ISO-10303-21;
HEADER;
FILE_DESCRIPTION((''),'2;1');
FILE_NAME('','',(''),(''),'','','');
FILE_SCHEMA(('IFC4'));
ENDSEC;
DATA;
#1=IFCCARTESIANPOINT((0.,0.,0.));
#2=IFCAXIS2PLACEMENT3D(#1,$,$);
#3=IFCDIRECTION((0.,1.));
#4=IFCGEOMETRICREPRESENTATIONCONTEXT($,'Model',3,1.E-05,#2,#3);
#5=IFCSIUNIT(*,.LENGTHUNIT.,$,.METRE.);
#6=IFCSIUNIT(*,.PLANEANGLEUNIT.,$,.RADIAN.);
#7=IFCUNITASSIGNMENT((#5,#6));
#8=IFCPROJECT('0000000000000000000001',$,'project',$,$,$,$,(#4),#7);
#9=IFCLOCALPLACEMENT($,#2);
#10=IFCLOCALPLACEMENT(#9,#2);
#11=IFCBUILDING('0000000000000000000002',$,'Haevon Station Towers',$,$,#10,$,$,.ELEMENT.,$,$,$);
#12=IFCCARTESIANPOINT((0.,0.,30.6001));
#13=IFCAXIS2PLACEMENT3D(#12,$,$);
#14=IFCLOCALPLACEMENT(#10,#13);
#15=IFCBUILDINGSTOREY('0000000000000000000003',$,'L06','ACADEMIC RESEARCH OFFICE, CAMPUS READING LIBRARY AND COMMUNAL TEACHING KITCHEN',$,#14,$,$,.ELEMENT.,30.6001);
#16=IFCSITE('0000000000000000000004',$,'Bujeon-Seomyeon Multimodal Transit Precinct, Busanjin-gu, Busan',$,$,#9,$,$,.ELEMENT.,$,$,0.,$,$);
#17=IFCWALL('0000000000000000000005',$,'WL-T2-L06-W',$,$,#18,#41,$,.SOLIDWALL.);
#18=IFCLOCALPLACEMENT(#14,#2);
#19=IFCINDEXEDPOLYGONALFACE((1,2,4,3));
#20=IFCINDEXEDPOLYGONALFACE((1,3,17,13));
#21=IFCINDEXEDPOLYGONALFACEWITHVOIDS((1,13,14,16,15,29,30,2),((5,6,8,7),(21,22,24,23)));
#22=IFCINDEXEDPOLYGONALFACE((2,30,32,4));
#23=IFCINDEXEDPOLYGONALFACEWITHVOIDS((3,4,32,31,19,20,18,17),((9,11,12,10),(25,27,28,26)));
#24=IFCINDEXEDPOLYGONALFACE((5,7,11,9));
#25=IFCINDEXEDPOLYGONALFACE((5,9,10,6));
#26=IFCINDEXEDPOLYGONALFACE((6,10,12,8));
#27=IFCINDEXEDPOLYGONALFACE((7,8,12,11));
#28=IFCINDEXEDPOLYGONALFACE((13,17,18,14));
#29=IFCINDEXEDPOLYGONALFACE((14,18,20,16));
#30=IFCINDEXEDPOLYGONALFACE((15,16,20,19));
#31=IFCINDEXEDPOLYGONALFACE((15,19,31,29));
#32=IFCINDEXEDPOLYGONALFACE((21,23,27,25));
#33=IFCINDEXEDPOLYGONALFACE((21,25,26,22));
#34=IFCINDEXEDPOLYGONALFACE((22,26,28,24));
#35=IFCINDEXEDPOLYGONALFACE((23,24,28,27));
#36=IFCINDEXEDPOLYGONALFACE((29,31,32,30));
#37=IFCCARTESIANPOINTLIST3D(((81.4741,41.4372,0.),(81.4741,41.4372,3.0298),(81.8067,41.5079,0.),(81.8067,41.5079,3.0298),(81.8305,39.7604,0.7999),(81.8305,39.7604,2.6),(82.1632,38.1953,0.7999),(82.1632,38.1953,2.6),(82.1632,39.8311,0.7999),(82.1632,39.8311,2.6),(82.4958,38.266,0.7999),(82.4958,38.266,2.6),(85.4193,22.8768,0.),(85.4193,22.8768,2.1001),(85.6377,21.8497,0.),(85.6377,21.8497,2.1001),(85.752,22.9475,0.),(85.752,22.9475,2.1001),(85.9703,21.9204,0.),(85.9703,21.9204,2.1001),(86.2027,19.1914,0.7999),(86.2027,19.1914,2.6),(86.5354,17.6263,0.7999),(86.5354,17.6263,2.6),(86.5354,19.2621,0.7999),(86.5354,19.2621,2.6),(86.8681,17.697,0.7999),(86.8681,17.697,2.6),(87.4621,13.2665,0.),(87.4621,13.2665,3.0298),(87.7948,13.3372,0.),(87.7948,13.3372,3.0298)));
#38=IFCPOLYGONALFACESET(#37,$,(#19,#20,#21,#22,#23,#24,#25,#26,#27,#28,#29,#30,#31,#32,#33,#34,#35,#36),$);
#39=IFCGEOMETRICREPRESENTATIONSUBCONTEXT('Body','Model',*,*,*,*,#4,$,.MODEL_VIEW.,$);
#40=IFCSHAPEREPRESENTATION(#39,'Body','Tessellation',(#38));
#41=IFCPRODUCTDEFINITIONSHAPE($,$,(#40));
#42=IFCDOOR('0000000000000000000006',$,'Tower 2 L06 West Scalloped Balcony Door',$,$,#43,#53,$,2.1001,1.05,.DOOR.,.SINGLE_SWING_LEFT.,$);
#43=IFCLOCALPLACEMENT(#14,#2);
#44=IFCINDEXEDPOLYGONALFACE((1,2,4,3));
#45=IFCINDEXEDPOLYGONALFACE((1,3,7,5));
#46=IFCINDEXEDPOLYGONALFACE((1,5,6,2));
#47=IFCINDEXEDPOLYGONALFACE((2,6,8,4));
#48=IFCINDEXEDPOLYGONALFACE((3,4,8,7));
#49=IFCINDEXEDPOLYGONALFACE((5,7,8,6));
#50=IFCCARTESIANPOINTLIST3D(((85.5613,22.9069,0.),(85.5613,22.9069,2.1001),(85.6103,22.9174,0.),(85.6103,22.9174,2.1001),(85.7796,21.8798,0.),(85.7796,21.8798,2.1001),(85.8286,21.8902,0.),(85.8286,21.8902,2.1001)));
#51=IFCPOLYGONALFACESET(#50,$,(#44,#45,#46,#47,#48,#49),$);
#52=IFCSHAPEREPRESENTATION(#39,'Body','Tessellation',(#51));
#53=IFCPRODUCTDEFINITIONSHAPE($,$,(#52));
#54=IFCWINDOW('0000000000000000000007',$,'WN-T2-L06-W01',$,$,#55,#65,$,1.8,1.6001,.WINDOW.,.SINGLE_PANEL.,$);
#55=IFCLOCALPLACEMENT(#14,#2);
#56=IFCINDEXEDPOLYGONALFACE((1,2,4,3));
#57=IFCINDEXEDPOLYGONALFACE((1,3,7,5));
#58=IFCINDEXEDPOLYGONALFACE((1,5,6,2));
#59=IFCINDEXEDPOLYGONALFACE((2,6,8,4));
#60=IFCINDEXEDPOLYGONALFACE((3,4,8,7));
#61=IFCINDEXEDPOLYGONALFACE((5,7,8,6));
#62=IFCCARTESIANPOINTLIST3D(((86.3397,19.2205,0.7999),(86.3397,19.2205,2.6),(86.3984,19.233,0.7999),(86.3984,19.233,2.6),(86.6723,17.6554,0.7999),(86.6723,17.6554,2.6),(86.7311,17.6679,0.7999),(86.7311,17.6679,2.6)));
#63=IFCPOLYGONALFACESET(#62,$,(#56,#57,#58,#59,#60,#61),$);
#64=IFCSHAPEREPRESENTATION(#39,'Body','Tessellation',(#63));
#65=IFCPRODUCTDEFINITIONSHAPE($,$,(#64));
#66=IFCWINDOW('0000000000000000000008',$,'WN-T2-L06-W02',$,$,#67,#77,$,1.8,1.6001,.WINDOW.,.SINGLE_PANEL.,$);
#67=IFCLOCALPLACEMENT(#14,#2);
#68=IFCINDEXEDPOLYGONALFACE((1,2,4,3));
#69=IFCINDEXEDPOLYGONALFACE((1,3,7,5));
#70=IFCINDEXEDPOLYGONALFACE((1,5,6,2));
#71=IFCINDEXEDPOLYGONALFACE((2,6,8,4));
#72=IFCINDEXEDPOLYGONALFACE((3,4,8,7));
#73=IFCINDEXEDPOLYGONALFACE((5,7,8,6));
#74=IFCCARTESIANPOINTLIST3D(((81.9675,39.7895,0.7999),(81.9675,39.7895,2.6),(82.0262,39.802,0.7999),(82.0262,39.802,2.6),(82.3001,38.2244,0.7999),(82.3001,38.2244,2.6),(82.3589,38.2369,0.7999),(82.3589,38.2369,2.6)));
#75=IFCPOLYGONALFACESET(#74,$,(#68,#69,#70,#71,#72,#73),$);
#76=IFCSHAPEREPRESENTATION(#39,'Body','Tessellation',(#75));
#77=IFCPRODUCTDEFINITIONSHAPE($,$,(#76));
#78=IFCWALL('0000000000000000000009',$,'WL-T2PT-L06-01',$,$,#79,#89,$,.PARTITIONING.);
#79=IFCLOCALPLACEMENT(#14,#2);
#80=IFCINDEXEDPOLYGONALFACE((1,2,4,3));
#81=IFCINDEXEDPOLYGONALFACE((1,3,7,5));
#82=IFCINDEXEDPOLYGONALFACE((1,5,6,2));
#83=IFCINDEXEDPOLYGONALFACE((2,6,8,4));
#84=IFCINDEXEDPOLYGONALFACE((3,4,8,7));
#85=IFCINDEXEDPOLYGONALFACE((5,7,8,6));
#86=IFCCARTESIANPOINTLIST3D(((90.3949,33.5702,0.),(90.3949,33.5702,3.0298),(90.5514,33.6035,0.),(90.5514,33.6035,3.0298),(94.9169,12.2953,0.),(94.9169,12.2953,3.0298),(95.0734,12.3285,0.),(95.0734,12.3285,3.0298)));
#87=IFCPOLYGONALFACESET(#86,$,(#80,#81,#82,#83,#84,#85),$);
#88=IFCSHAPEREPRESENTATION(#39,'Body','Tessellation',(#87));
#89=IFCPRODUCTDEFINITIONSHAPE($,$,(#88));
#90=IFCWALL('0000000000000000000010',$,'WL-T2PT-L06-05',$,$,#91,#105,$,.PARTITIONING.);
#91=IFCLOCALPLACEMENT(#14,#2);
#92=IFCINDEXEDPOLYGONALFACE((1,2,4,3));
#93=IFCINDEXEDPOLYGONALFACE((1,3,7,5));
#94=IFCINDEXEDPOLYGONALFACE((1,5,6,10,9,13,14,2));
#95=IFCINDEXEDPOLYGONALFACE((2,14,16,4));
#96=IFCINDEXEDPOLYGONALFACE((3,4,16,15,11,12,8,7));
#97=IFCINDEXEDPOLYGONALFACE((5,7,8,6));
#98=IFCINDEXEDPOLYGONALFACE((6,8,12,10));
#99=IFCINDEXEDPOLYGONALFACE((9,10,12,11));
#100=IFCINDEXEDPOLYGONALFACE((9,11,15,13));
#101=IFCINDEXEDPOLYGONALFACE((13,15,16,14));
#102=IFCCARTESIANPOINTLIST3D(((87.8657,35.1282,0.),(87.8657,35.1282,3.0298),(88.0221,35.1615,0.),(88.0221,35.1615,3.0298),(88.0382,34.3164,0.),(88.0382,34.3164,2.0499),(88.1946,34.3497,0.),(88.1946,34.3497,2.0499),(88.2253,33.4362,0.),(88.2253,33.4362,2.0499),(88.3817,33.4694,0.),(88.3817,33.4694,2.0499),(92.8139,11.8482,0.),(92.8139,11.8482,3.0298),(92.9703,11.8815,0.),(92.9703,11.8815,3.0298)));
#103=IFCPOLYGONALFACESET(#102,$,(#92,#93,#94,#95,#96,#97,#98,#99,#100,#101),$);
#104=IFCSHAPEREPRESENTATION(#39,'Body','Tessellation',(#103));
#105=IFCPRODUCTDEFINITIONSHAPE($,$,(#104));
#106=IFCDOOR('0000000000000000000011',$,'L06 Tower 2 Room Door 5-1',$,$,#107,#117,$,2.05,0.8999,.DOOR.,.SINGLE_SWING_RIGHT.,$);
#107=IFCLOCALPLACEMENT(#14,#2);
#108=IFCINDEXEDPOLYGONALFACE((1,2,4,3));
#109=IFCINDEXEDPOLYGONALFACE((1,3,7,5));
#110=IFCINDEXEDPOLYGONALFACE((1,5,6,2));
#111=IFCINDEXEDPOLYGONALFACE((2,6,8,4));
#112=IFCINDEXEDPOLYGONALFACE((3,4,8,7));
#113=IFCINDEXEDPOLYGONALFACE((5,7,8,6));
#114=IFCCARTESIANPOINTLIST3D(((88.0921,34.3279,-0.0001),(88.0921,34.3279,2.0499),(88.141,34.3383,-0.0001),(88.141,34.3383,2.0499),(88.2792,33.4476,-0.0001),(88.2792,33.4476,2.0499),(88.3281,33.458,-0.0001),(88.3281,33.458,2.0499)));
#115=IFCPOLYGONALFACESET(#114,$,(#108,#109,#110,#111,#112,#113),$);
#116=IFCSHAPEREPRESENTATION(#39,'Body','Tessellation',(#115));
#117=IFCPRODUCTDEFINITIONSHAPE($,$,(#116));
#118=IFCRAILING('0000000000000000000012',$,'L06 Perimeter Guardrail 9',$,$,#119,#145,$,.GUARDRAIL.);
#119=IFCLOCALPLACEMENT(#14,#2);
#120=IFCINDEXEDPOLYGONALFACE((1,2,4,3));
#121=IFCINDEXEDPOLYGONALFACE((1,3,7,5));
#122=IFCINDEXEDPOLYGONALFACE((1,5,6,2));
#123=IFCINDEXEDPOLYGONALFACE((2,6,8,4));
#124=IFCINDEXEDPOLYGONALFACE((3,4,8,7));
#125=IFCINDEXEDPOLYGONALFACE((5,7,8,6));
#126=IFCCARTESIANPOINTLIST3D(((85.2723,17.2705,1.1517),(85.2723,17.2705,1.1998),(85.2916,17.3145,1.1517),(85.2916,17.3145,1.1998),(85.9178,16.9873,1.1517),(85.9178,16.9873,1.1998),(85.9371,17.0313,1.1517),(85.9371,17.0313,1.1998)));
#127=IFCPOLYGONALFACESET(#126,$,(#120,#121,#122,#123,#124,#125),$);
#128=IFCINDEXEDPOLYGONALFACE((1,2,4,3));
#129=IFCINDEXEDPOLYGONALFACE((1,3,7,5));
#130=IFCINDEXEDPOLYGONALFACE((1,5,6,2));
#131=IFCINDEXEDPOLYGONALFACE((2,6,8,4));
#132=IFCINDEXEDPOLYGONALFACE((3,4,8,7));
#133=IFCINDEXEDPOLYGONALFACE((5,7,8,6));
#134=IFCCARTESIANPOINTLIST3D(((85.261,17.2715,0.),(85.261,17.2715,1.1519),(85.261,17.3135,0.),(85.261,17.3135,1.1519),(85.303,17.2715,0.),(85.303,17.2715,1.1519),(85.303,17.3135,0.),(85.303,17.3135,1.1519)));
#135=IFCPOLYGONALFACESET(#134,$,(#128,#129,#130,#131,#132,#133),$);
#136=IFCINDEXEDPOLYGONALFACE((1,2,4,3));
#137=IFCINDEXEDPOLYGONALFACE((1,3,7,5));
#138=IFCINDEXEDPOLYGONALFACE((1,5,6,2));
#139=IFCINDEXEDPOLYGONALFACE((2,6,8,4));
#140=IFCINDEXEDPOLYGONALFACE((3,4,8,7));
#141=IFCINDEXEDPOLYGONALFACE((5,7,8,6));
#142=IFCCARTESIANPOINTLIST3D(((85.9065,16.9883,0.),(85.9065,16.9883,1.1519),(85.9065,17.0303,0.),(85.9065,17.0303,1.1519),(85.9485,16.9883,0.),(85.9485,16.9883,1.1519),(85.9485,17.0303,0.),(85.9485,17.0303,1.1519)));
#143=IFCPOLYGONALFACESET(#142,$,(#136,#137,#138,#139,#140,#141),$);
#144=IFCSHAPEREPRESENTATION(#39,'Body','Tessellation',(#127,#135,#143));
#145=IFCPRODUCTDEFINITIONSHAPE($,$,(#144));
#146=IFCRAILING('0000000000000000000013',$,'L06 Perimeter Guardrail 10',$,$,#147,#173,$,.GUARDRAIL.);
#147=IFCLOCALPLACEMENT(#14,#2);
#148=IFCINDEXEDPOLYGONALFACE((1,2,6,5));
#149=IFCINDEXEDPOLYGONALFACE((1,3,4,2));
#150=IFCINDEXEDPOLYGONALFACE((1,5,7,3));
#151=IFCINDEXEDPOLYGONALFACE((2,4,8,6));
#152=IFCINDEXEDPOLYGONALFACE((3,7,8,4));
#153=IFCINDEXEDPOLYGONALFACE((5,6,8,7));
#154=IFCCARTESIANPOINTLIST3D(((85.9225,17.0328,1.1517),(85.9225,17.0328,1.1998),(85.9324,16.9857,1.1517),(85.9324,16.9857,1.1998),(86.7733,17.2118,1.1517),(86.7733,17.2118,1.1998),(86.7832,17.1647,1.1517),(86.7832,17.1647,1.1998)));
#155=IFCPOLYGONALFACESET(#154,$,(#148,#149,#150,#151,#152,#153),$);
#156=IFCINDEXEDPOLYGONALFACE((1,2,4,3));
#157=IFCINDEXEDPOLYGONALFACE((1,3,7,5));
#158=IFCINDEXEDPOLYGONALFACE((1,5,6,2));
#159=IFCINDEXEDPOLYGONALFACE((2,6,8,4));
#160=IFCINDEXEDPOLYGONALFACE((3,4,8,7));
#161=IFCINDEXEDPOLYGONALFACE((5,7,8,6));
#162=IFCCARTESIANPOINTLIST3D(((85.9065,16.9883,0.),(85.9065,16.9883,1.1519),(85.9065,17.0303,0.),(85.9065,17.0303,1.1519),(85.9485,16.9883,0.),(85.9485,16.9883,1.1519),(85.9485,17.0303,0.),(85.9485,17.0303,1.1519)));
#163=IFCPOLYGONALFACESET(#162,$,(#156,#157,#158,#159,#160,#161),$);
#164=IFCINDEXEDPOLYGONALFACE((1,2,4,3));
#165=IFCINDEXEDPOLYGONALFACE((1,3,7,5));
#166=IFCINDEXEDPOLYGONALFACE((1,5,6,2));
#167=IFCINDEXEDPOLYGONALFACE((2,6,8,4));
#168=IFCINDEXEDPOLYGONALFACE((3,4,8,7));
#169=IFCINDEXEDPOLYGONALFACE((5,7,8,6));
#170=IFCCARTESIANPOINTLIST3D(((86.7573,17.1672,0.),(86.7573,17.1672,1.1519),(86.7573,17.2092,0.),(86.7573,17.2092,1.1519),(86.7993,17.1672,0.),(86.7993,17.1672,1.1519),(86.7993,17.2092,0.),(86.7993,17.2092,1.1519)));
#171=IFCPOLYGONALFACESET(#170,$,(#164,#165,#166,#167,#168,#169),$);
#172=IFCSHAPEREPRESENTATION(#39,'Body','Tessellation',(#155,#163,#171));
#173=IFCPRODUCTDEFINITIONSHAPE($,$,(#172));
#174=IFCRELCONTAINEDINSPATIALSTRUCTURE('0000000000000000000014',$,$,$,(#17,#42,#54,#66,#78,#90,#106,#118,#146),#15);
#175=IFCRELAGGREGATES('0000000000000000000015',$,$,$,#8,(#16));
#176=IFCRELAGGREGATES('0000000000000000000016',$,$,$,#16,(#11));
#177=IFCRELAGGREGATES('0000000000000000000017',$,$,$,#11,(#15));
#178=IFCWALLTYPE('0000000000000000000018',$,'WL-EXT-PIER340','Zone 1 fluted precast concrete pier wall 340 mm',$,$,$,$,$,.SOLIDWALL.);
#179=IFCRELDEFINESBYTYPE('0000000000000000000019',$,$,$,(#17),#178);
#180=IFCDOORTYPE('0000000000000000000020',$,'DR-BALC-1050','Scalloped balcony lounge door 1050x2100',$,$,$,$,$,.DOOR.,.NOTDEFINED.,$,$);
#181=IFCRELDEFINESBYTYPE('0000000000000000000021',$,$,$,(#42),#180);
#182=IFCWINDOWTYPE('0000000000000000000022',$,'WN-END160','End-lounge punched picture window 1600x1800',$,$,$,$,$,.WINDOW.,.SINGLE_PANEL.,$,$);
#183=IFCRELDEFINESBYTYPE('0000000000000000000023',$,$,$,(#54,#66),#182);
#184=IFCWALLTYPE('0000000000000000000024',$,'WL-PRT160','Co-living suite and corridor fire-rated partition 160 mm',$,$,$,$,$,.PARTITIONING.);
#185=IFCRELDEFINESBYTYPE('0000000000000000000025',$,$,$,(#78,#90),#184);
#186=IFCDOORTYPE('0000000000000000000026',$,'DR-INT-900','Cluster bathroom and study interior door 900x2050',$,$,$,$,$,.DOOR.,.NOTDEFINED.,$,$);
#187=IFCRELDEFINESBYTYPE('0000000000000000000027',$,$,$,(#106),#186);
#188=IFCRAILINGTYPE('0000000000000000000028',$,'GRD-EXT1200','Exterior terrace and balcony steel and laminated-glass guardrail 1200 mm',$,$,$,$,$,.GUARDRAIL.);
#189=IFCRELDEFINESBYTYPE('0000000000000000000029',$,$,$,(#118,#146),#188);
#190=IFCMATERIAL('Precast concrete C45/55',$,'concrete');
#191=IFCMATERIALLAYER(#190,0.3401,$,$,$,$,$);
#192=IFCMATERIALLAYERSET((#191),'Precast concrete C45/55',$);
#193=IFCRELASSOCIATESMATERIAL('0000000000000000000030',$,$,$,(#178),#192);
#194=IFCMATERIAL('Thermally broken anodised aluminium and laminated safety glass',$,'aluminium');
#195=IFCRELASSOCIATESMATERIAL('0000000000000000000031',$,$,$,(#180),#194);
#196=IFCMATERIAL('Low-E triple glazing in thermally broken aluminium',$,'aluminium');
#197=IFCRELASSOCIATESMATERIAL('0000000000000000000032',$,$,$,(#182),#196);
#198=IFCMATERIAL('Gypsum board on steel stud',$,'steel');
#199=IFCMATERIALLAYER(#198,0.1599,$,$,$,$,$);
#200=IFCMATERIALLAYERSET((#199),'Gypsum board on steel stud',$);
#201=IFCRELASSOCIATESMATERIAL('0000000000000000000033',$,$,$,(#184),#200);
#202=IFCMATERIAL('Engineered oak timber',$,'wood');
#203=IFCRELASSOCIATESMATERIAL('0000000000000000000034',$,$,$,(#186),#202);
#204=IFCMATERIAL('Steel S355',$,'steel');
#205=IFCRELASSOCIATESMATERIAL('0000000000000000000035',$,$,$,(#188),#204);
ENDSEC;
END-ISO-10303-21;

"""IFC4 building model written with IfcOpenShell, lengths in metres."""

from ifc_helpers import new_model, si_unit, direction, frame, frame_2d, origin, origin_2d, place, context, subcontext, project, spatial, rectangle, extrude, material, layer, layer_set, type_object, element, fill, save


model = new_model("IFC4")

# Units and contexts
model_context = context("Model", 3, precision=1e-05, world=origin(), true_north=direction((0.0, 1.0)))
body_context = subcontext(model_context, "Body", "Model", "MODEL_VIEW")
ifc_project = project(units=[si_unit("LENGTHUNIT", "METRE"), si_unit("PLANEANGLEUNIT", "RADIAN")], contexts=[model_context])

# Site, building, storey
site_placement = place(None, origin())
site = spatial("IfcSite", under=ifc_project, at=site_placement, Name="Bujeon-Seomyeon Multimodal Transit Precinct, Busanjin-gu, Busan", CompositionType="ELEMENT", RefElevation=0.0)
building_placement = place(site_placement, origin())
building = spatial("IfcBuilding", under=site, at=building_placement, Name="Haevon Station Towers", CompositionType="ELEMENT")
storey_placement = place(building_placement, frame((0.0, 0.0, 30.6001)))
storey = spatial("IfcBuildingStorey", under=building, at=storey_placement, Name="L06", Description="ACADEMIC RESEARCH OFFICE, CAMPUS READING LIBRARY AND COMMUNAL TEACHING KITCHEN", CompositionType="ELEMENT", Elevation=30.6001)

# Shared definitions
ifc_material_1 = material(Name="Steel S355", Category="steel")

# Shared definitions
ifc_material_2 = material(Name="Precast concrete C45/55", Category="concrete")
ifc_layer_1 = layer(ifc_material_2, 0.3401)
ifc_layer_set_1 = layer_set([ifc_layer_1], Name="Precast concrete C45/55")
wall_type_1 = type_object("IfcWallType", Name="WL-EXT-PIER340", Description="Zone 1 fluted precast concrete pier wall 340 mm", PredefinedType="SOLIDWALL", material=ifc_layer_set_1)

# Wall, openings, door, windows
wall_1_placement = place(storey_placement, frame((87.6284, 13.302, 0.0), z_axis=(0.0, 0.0, 1.0), x_axis=(-0.207918, 0.978146, 0.0)))
wall_1 = element("IfcWall", 1, at=wall_1_placement, inside=storey, type_object=wall_type_1, Name="WL-T2-L06-W", PredefinedType="SOLIDWALL", context=body_context, shape_type="SweptSolid", body=[
    extrude(rectangle(XDim=28.8, YDim=0.3401, at=frame_2d((14.3999, 0.0))), origin(), (0.0, 0.0, 1.0), 3.0298),
])
opening_1_placement = place(wall_1_placement, frame((8.7749, 0.0, 0.0)))
opening_1 = element("IfcOpeningElement", 2, at=opening_1_placement, cuts=wall_1, PredefinedType="OPENING", context=body_context, shape_type="SweptSolid", body=[
    extrude(rectangle(XDim=1.05, YDim=2.1001, at=frame_2d((0.5249, 1.05))), frame((0.0, 0.1799, 0.0), z_axis=(0.0, -1.0, 0.0), x_axis=(1.0, 0.0, 0.0)), (0.0, 0.0, 1.0), 0.3601),
])
opening_2_placement = place(wall_1_placement, frame((4.457, 0.0, 0.8)))
opening_2 = element("IfcOpeningElement", 3, at=opening_2_placement, cuts=wall_1, PredefinedType="OPENING", context=body_context, shape_type="SweptSolid", body=[
    extrude(rectangle(XDim=1.6001, YDim=1.8, at=frame_2d((0.8, 0.8999))), frame((0.0, 0.1799, 0.0), z_axis=(0.0, -1.0, 0.0), x_axis=(1.0, 0.0, 0.0)), (0.0, 0.0, 1.0), 0.3601),
])
opening_3_placement = place(wall_1_placement, frame((25.4856, 0.0, 0.8)))
opening_3 = element("IfcOpeningElement", 4, at=opening_3_placement, cuts=wall_1, PredefinedType="OPENING", context=body_context, shape_type="SweptSolid", body=[
    extrude(rectangle(XDim=1.6001, YDim=1.8, at=frame_2d((0.8, 0.8999))), frame((0.0, 0.1799, 0.0), z_axis=(0.0, -1.0, 0.0), x_axis=(1.0, 0.0, 0.0)), (0.0, 0.0, 1.0), 0.3601),
])
ifc_material_3 = material(Name="Thermally broken anodised aluminium and laminated safety glass", Category="aluminium")
door_type_1 = type_object("IfcDoorType", Name="DR-BALC-1050", Description="Scalloped balcony lounge door 1050x2100", OperationType="NOTDEFINED", PredefinedType="DOOR", material=ifc_material_3)
door_1_placement = place(opening_1_placement, origin())
door_1 = element("IfcDoor", 5, at=door_1_placement, inside=storey, type_object=door_type_1, Name="Tower 2 L06 West Scalloped Balcony Door", OperationType="SINGLE_SWING_LEFT", OverallHeight=2.1001, OverallWidth=1.05, PredefinedType="DOOR", context=body_context, shape_type="SweptSolid", body=[
    extrude(rectangle(XDim=1.05, YDim=2.1001, at=frame_2d((0.5249, 1.05))), frame((0.0, 0.0249, 0.0), z_axis=(0.0, -1.0, 0.0), x_axis=(1.0, 0.0, 0.0)), (0.0, 0.0, 1.0), 0.05),
])
fill(opening_1, door_1)
ifc_material_4 = material(Name="Low-E triple glazing in thermally broken aluminium", Category="aluminium")
window_type = type_object("IfcWindowType", Name="WN-END160", Description="End-lounge punched picture window 1600x1800", PartitioningType="SINGLE_PANEL", PredefinedType="WINDOW", material=ifc_material_4)
window_1_placement = place(opening_2_placement, origin())
window_1 = element("IfcWindow", 6, at=window_1_placement, inside=storey, type_object=window_type, Name="WN-T2-L06-W01", OverallHeight=1.8, OverallWidth=1.6001, PartitioningType="SINGLE_PANEL", PredefinedType="WINDOW", context=body_context, shape_type="SweptSolid", body=[
    extrude(rectangle(XDim=1.6001, YDim=1.8, at=frame_2d((0.8, 0.8999))), frame((0.0, 0.03, 0.0), z_axis=(0.0, -1.0, 0.0), x_axis=(1.0, 0.0, 0.0)), (0.0, 0.0, 1.0), 0.0601),
])
fill(opening_2, window_1)
window_2_placement = place(opening_3_placement, origin())
window_2 = element("IfcWindow", 7, at=window_2_placement, inside=storey, type_object=window_type, Name="WN-T2-L06-W02", OverallHeight=1.8, OverallWidth=1.6001, PartitioningType="SINGLE_PANEL", PredefinedType="WINDOW", context=body_context, shape_type="SweptSolid", body=[
    extrude(rectangle(XDim=1.6001, YDim=1.8, at=frame_2d((0.8, 0.8999))), frame((0.0, 0.03, 0.0), z_axis=(0.0, -1.0, 0.0), x_axis=(1.0, 0.0, 0.0)), (0.0, 0.0, 1.0), 0.0601),
])
fill(opening_3, window_2)

# Wall
ifc_material_5 = material(Name="Gypsum board on steel stud", Category="steel")
ifc_layer_2 = layer(ifc_material_5, 0.1599)
ifc_layer_set_2 = layer_set([ifc_layer_2], Name="Gypsum board on steel stud")
wall_type_2 = type_object("IfcWallType", Name="WL-PRT160", Description="Co-living suite and corridor fire-rated partition 160 mm", PredefinedType="PARTITIONING", material=ifc_layer_set_2)
wall_2_placement = place(storey_placement, frame((94.9951, 12.312, 0.0), z_axis=(0.0, 0.0, 1.0), x_axis=(-0.207905, 0.978149, 0.0)))
element("IfcWall", 8, at=wall_2_placement, inside=storey, type_object=wall_type_2, Name="WL-T2PT-L06-01", PredefinedType="PARTITIONING", context=body_context, shape_type="SweptSolid", body=[
    extrude(rectangle(XDim=21.7502, YDim=0.1599, at=frame_2d((10.875, 0.0))), origin(), (0.0, 0.0, 1.0), 3.0298),
])

# Wall, opening, door
wall_3_placement = place(storey_placement, frame((92.8921, 11.865, 0.0), z_axis=(0.0, 0.0, 1.0), x_axis=(-0.207908, 0.978148, 0.0)))
wall_3 = element("IfcWall", 9, at=wall_3_placement, inside=storey, type_object=wall_type_2, Name="WL-T2PT-L06-05", PredefinedType="PARTITIONING", context=body_context, shape_type="SweptSolid", body=[
    extrude(rectangle(XDim=23.8, YDim=0.1599, at=frame_2d((11.8999, 0.0))), origin(), (0.0, 0.0, 1.0), 3.0298),
])
opening_4_placement = place(wall_3_placement, frame((22.0701, 0.0, 0.0)))
opening_4 = element("IfcOpeningElement", 10, at=opening_4_placement, cuts=wall_3, PredefinedType="OPENING", context=body_context, shape_type="SweptSolid", body=[
    extrude(rectangle(XDim=0.8999, YDim=2.05, at=frame_2d((0.45, 1.0249))), frame((0.0, 0.0898, 0.0), z_axis=(0.0, -1.0, 0.0), x_axis=(1.0, 0.0, 0.0)), (0.0, 0.0, 1.0), 0.1799),
])
ifc_material_6 = material(Name="Engineered oak timber", Category="wood")
door_type_2 = type_object("IfcDoorType", Name="DR-INT-900", Description="Cluster bathroom and study interior door 900x2050", OperationType="NOTDEFINED", PredefinedType="DOOR", material=ifc_material_6)
door_2_placement = place(opening_4_placement, origin())
door_2 = element("IfcDoor", 11, at=door_2_placement, inside=storey, type_object=door_type_2, Name="L06 Tower 2 Room Door 5-1", OperationType="SINGLE_SWING_RIGHT", OverallHeight=2.05, OverallWidth=0.8999, PredefinedType="DOOR", context=body_context, shape_type="SweptSolid", body=[
    extrude(rectangle(XDim=0.8999, YDim=2.05, at=frame_2d((0.45, 1.0249))), frame((0.0, 0.0249, 0.0), z_axis=(0.0, -1.0, 0.0), x_axis=(1.0, 0.0, 0.0)), (0.0, 0.0, 1.0), 0.05),
])
fill(opening_4, door_2)

# Railings
railing_type = type_object("IfcRailingType", Name="GRD-EXT1200", Description="Exterior terrace and balcony steel and laminated-glass guardrail 1200 mm", PredefinedType="GUARDRAIL", material=ifc_material_1)
railing_1_placement = place(storey_placement, frame((85.282, 17.2925, 0.0)))
element("IfcRailing", 12, at=railing_1_placement, inside=storey, type_object=railing_type, Name="L06 Perimeter Guardrail 9", PredefinedType="GUARDRAIL", context=body_context, shape_type="SweptSolid", body=[
    extrude(rectangle(XDim=0.0481, YDim=0.0481, at=origin_2d()), frame((0.0, 0.0, 1.1758), z_axis=(0.915744, -0.401763, 0.0), x_axis=(0.401763, 0.915744, 0.0)), (0.0, 0.0, 1.0), 0.7048),
    extrude(rectangle(XDim=0.042, YDim=0.042, at=origin_2d()), origin(), (0.0, 0.0, 1.0), 1.1519),
    extrude(rectangle(XDim=0.042, YDim=0.042, at=origin_2d()), frame((0.6455, -0.2832, 0.0)), (0.0, 0.0, 1.0), 1.1519),
])
railing_2_placement = place(storey_placement, frame((85.9275, 17.0093, 0.0)))
element("IfcRailing", 13, at=railing_2_placement, inside=storey, type_object=railing_type, Name="L06 Perimeter Guardrail 10", PredefinedType="GUARDRAIL", context=body_context, shape_type="SweptSolid", body=[
    extrude(rectangle(XDim=0.0481, YDim=0.0481, at=origin_2d()), frame((0.0, 0.0, 1.1758), z_axis=(0.978588, 0.205827, 0.0), x_axis=(-0.205827, 0.978588, 0.0)), (0.0, 0.0, 1.0), 0.8694),
    extrude(rectangle(XDim=0.042, YDim=0.042, at=origin_2d()), origin(), (0.0, 0.0, 1.0), 1.1519),
    extrude(rectangle(XDim=0.042, YDim=0.042, at=origin_2d()), frame((0.8508, 0.179, 0.0)), (0.0, 0.0, 1.0), 1.1519),
])

save(model, "model.ifc")
